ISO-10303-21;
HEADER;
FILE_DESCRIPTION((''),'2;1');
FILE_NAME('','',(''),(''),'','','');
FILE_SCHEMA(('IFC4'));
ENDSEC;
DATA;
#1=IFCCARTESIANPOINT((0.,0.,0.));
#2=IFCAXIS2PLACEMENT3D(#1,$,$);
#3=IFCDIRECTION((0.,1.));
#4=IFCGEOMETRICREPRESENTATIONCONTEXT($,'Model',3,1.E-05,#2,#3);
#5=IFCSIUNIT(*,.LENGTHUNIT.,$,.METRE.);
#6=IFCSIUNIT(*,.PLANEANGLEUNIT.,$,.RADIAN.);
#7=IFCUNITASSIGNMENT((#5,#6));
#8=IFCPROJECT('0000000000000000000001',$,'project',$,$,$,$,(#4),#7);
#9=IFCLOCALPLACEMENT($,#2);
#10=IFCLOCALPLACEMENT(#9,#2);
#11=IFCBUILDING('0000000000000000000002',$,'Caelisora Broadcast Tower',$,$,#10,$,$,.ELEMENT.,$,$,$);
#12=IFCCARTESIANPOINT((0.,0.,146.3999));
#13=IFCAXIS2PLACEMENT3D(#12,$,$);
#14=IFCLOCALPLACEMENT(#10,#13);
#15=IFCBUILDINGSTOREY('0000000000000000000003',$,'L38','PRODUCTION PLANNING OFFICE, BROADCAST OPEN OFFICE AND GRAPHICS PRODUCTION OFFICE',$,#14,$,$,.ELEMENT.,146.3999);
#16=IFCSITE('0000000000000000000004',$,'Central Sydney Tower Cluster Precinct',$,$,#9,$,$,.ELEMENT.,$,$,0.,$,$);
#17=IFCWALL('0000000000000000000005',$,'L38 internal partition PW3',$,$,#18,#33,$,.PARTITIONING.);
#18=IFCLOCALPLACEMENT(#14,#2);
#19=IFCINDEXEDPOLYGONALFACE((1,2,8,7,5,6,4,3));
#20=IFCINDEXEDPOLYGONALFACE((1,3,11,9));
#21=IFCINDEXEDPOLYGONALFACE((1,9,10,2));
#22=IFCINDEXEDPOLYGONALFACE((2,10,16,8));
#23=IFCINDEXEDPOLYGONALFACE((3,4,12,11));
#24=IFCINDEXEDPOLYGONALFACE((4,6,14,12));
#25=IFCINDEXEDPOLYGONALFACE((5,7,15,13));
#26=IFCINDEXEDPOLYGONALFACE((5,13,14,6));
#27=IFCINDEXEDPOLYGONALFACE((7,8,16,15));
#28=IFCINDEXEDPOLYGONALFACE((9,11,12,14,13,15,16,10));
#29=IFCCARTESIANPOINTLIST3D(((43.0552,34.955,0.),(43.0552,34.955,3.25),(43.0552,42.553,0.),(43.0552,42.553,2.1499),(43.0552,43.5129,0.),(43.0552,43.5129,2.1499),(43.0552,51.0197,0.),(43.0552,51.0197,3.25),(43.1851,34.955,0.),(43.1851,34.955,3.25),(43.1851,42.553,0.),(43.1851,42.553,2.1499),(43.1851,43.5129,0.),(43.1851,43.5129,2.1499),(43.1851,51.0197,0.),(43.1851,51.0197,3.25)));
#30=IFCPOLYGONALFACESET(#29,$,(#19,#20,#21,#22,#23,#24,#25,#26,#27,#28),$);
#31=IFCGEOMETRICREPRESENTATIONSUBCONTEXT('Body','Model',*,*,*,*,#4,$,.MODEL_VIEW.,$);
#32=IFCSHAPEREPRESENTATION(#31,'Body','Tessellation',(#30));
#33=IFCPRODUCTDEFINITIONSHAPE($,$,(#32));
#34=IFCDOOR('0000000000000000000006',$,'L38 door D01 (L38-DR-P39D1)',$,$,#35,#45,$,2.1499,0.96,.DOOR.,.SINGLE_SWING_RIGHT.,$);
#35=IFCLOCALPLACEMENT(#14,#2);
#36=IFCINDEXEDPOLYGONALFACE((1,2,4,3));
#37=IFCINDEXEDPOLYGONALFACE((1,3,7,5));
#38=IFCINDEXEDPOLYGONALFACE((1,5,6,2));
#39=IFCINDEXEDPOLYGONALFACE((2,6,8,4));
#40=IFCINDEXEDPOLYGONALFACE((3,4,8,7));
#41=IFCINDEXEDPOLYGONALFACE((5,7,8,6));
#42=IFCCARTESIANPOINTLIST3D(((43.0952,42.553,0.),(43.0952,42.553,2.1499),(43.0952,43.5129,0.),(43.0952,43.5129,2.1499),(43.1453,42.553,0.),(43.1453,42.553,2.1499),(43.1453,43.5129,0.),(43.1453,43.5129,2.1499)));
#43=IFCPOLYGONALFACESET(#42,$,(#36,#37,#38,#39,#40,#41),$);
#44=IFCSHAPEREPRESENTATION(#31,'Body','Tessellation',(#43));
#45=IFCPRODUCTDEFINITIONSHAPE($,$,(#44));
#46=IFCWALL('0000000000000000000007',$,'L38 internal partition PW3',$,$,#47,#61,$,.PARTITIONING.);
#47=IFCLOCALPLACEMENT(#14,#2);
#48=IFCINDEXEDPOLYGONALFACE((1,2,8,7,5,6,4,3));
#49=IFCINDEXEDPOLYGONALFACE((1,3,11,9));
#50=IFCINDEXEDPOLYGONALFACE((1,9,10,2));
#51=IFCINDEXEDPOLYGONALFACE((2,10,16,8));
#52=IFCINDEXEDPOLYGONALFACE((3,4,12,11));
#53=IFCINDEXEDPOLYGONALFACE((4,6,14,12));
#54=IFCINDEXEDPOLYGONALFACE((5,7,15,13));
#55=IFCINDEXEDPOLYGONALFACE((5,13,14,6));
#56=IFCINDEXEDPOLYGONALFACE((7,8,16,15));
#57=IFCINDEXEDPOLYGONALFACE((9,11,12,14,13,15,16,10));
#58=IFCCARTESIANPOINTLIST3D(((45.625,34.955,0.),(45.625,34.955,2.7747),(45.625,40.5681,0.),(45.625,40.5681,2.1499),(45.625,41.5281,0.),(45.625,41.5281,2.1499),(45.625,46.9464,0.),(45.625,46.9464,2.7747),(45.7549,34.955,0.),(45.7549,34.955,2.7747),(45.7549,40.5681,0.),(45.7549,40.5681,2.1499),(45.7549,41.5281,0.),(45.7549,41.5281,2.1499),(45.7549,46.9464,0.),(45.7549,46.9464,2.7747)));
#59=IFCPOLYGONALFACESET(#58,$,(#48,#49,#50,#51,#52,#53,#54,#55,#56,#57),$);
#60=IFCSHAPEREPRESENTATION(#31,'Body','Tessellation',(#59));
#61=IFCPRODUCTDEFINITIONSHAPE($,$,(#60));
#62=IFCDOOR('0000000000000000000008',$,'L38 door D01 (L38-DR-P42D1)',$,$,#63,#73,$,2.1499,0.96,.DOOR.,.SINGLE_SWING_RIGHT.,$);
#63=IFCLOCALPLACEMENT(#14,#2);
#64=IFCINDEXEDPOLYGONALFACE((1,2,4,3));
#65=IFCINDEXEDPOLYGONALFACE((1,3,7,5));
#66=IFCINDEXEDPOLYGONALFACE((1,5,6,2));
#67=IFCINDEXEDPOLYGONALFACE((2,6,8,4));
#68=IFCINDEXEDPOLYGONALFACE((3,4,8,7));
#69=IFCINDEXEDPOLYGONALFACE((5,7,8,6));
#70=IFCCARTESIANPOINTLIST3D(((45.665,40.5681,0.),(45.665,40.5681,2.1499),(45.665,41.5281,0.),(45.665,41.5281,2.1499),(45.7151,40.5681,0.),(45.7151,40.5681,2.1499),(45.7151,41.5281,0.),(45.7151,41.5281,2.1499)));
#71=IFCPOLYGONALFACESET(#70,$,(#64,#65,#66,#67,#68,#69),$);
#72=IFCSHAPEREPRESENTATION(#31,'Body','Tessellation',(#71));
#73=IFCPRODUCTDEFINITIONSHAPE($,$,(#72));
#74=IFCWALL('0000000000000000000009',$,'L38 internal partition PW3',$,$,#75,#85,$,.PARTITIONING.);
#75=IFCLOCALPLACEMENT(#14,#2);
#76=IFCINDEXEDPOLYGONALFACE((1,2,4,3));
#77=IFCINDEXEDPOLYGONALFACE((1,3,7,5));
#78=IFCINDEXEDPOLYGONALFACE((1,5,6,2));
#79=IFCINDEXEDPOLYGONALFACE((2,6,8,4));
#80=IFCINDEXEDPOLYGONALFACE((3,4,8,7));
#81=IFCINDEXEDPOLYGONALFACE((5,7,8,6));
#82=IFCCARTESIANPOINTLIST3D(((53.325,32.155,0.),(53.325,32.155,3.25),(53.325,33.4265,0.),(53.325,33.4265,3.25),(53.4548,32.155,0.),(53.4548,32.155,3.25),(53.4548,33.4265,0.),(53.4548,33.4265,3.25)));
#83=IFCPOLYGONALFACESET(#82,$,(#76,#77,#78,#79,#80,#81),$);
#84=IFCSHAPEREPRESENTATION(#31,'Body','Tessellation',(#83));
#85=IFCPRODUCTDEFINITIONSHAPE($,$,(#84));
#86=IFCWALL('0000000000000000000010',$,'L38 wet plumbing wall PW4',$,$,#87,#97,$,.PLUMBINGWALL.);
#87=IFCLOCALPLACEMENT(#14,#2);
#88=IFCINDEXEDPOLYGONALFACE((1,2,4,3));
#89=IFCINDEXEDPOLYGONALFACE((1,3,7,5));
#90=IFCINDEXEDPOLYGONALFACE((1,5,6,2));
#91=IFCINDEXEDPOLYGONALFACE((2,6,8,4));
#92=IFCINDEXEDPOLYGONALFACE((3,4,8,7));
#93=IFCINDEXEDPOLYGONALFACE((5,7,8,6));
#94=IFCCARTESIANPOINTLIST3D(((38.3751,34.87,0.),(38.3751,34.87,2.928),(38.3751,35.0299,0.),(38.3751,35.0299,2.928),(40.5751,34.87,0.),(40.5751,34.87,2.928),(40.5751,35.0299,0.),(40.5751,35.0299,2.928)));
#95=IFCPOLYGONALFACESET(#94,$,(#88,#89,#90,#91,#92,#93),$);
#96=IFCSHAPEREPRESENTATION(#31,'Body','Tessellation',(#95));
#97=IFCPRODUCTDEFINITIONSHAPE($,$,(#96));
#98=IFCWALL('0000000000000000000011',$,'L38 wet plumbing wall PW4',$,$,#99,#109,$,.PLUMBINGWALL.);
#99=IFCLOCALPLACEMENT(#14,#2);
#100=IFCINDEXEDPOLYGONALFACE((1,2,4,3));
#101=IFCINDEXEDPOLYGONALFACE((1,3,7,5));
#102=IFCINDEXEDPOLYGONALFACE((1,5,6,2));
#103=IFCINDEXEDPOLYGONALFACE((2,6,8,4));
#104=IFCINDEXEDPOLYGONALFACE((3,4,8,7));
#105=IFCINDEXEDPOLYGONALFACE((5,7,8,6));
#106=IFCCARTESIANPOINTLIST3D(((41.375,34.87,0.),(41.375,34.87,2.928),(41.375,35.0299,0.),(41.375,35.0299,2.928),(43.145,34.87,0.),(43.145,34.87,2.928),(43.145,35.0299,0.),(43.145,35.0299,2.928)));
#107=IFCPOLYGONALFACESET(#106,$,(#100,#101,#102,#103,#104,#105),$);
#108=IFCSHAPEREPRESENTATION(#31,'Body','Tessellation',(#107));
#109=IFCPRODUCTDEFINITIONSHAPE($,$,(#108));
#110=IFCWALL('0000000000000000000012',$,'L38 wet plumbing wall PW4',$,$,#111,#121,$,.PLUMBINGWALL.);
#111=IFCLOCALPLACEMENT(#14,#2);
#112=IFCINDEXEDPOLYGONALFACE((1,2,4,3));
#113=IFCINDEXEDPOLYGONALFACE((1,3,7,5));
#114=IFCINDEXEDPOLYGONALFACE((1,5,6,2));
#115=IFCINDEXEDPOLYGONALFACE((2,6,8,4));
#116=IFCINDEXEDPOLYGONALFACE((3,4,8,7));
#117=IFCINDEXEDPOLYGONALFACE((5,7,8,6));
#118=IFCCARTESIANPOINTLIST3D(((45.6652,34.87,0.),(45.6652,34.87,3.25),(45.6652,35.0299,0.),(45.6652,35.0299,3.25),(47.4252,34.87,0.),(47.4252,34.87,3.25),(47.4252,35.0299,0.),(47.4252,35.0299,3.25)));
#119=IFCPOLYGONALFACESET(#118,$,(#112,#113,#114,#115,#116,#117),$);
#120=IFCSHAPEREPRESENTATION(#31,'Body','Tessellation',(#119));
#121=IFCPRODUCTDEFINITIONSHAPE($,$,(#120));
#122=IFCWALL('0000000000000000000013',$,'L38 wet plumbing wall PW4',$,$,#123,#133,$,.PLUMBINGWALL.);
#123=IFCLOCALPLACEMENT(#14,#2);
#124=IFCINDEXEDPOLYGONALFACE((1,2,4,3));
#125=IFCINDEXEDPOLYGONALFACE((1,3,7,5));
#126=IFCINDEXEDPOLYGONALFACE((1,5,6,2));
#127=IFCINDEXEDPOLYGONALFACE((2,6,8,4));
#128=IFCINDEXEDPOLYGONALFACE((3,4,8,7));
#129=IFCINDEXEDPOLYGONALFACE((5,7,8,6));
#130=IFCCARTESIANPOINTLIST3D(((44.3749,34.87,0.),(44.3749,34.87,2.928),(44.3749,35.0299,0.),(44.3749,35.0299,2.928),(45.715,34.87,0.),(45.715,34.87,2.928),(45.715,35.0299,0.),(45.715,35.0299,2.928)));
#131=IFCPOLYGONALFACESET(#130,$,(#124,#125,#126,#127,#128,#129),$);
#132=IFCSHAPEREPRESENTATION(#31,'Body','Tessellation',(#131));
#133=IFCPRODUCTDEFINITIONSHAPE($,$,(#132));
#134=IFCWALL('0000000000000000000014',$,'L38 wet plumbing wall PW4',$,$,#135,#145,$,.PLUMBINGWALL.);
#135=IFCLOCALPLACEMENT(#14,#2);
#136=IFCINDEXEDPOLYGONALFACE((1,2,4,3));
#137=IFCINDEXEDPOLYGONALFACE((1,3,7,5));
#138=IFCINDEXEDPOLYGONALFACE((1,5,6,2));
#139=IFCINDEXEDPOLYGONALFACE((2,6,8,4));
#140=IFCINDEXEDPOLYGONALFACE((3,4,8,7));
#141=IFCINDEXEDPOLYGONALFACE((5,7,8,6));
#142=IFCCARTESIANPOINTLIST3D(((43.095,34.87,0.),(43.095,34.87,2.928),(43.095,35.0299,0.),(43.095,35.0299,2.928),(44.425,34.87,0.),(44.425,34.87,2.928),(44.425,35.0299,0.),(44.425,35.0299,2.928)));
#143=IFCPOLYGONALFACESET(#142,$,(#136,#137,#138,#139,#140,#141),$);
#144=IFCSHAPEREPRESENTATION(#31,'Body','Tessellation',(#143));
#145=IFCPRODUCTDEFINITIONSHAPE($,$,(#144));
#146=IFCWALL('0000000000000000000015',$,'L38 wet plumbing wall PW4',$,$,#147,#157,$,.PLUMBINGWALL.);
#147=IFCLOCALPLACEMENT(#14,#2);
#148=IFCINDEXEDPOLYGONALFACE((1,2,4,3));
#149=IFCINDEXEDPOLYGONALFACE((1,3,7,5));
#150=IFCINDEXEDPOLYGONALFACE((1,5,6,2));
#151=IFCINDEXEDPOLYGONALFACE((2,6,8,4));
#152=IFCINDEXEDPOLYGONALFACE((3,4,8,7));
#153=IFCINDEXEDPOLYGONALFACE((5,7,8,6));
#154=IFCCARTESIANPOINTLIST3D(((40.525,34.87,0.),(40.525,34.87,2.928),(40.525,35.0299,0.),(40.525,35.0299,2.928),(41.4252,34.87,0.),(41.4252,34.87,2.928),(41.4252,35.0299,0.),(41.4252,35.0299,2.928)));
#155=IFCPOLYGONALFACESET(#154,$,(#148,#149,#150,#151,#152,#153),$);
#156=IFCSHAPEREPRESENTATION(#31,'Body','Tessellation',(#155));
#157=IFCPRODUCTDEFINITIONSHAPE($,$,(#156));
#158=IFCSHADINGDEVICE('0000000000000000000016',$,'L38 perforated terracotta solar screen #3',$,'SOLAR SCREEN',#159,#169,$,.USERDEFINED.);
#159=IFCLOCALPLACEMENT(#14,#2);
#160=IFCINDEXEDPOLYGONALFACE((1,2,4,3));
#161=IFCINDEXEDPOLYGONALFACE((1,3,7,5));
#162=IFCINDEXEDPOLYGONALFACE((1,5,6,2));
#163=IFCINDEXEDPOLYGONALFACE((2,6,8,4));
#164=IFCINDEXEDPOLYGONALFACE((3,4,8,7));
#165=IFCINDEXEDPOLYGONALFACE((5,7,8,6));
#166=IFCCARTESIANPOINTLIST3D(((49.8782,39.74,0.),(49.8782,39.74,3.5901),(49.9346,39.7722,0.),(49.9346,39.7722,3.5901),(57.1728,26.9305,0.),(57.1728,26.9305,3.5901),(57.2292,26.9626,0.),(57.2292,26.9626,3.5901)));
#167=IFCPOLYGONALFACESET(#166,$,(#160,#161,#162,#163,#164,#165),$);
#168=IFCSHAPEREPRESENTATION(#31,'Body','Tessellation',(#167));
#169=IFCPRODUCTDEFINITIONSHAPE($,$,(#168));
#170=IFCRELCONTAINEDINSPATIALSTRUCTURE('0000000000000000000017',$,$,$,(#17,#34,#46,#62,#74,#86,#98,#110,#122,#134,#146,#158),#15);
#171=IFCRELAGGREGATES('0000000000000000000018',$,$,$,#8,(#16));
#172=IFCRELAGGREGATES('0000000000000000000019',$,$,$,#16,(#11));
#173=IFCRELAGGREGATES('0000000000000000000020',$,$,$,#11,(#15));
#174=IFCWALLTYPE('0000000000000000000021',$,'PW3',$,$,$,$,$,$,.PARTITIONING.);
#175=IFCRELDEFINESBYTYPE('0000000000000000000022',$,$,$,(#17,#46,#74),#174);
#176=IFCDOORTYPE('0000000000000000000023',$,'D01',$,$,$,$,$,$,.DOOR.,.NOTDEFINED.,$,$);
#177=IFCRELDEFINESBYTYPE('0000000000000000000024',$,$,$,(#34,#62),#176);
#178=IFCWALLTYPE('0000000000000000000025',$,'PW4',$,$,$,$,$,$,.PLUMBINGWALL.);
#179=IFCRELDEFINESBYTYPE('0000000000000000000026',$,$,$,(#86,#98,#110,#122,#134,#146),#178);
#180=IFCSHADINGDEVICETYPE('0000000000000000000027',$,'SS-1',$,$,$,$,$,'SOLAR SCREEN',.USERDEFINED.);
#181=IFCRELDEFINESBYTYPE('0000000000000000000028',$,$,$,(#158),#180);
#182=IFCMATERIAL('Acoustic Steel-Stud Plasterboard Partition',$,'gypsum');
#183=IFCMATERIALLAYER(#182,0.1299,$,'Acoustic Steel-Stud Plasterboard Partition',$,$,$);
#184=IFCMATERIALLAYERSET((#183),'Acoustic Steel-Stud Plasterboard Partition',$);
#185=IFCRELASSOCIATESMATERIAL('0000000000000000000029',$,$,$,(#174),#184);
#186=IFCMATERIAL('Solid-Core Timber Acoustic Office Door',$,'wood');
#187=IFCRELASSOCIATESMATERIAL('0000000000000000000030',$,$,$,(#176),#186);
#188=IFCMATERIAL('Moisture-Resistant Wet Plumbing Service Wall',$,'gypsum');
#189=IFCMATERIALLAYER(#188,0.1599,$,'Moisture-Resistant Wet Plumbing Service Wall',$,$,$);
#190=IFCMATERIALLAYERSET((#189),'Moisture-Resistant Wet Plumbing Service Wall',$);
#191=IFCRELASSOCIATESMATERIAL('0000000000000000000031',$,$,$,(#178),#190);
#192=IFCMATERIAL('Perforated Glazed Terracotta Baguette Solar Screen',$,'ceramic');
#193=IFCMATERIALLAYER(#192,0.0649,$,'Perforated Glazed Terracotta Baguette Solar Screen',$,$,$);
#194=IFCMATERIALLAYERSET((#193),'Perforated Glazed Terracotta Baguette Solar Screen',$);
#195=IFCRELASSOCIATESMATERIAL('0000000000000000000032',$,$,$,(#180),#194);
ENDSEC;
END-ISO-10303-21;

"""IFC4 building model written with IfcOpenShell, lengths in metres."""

from ifc_helpers import new_model, si_unit, direction, frame, frame_2d, origin, origin_2d, place, context, subcontext, project, spatial, rectangle, extrude, source, transform, mapped, material, layer, layer_set, type_object, type_shapes, element, fill, save


model = new_model("IFC4")

# Units and contexts
model_context = context("Model", 3, precision=1e-05, world=origin(), true_north=direction((0.0, 1.0)))
body_context = subcontext(model_context, "Body", "Model", "MODEL_VIEW")
ifc_project = project(units=[si_unit("LENGTHUNIT", "METRE"), si_unit("PLANEANGLEUNIT", "RADIAN")], contexts=[model_context])

# Site, building, storey
site_placement = place(None, origin())
site = spatial("IfcSite", under=ifc_project, at=site_placement, Name="Central Sydney Tower Cluster Precinct", CompositionType="ELEMENT", RefElevation=0.0)
building_placement = place(site_placement, origin())
building = spatial("IfcBuilding", under=site, at=building_placement, Name="Caelisora Broadcast Tower", CompositionType="ELEMENT")
storey_placement = place(building_placement, frame((0.0, 0.0, 146.3999)))
storey = spatial("IfcBuildingStorey", under=building, at=storey_placement, Name="L38", Description="PRODUCTION PLANNING OFFICE, BROADCAST OPEN OFFICE AND GRAPHICS PRODUCTION OFFICE", CompositionType="ELEMENT", Elevation=146.3999)

# Shared definitions
ifc_material_1 = material(Name="Acoustic Steel-Stud Plasterboard Partition", Category="gypsum")
ifc_layer_1 = layer(ifc_material_1, 0.1299, Name="Acoustic Steel-Stud Plasterboard Partition")
ifc_layer_set_1 = layer_set([ifc_layer_1], Name="Acoustic Steel-Stud Plasterboard Partition")
wall_type_1 = type_object("IfcWallType", Name="PW3", PredefinedType="PARTITIONING", material=ifc_layer_set_1)

# Walls, openings, doors
wall_1_placement = place(storey_placement, frame((43.1201, 34.9551, 0.0), z_axis=(0.0, 0.0, 1.0), x_axis=(0.0, 1.0, 0.0)))
wall_1 = element("IfcWall", 1, at=wall_1_placement, inside=storey, type_object=wall_type_1, Name="L38 internal partition PW3", PredefinedType="PARTITIONING", context=body_context, shape_type="SweptSolid", body=[
    extrude(rectangle(XDim=16.0647, YDim=0.1299, at=frame_2d((8.0322, 0.0))), origin(), (0.0, 0.0, 1.0), 3.25),
])
opening_1_placement = place(wall_1_placement, frame((7.5979, 0.0, 0.0)))
opening_1 = element("IfcOpeningElement", 2, at=opening_1_placement, cuts=wall_1, PredefinedType="OPENING", context=body_context, shape_type="SweptSolid", body=[
    extrude(rectangle(XDim=0.96, YDim=2.1499, at=frame_2d((0.48, 1.075))), frame((0.0, 0.0769, 0.0), z_axis=(0.0, -1.0, 0.0), x_axis=(1.0, 0.0, 0.0)), (0.0, 0.0, 1.0), 0.1538),
])
ifc_material_2 = material(Name="Solid-Core Timber Acoustic Office Door", Category="wood")
door_type = type_object("IfcDoorType", Name="D01", OperationType="NOTDEFINED", PredefinedType="DOOR", material=ifc_material_2)
door_1_placement = place(opening_1_placement, origin())
door_1 = element("IfcDoor", 3, at=door_1_placement, inside=storey, type_object=door_type, Name="L38 door D01 (L38-DR-P39D1)", OperationType="SINGLE_SWING_RIGHT", OverallHeight=2.1499, OverallWidth=0.96, PredefinedType="DOOR", context=body_context, shape_type="SweptSolid", body=[
    extrude(rectangle(XDim=0.96, YDim=2.1499, at=frame_2d((0.48, 1.075))), frame((0.0, 0.0249, 0.0), z_axis=(0.0, -1.0, 0.0), x_axis=(1.0, 0.0, 0.0)), (0.0, 0.0, 1.0), 0.05),
])
fill(opening_1, door_1)
wall_2_placement = place(storey_placement, frame((45.6899, 34.9551, 0.0), z_axis=(0.0, 0.0, 1.0), x_axis=(0.0, 1.0, 0.0)))
wall_2 = element("IfcWall", 4, at=wall_2_placement, inside=storey, type_object=wall_type_1, Name="L38 internal partition PW3", PredefinedType="PARTITIONING", context=body_context, shape_type="SweptSolid", body=[
    extrude(rectangle(XDim=11.9915, YDim=0.1299, at=frame_2d((5.9956, 0.0))), origin(), (0.0, 0.0, 1.0), 2.7747),
])
opening_2_placement = place(wall_2_placement, frame((5.613, 0.0, 0.0)))
opening_2 = element("IfcOpeningElement", 5, at=opening_2_placement, cuts=wall_2, PredefinedType="OPENING", context=body_context, shape_type="SweptSolid", body=[
    extrude(rectangle(XDim=0.96, YDim=2.1499, at=frame_2d((0.48, 1.075))), frame((0.0, 0.0769, 0.0), z_axis=(0.0, -1.0, 0.0), x_axis=(1.0, 0.0, 0.0)), (0.0, 0.0, 1.0), 0.1538),
])
door_2_placement = place(opening_2_placement, origin())
door_2 = element("IfcDoor", 6, at=door_2_placement, inside=storey, type_object=door_type, Name="L38 door D01 (L38-DR-P42D1)", OperationType="SINGLE_SWING_RIGHT", OverallHeight=2.1499, OverallWidth=0.96, PredefinedType="DOOR", context=body_context, shape_type="SweptSolid", body=[
    extrude(rectangle(XDim=0.96, YDim=2.1499, at=frame_2d((0.48, 1.075))), frame((0.0, 0.0249, 0.0), z_axis=(0.0, -1.0, 0.0), x_axis=(1.0, 0.0, 0.0)), (0.0, 0.0, 1.0), 0.05),
])
fill(opening_2, door_2)

# Walls
wall_3_placement = place(storey_placement, frame((53.3899, 33.4265, 0.0), z_axis=(0.0, 0.0, 1.0), x_axis=(0.0, -1.0, 0.0)))
element("IfcWall", 7, at=wall_3_placement, inside=storey, type_object=wall_type_1, Name="L38 internal partition PW3", PredefinedType="PARTITIONING", context=body_context, shape_type="SweptSolid", body=[
    extrude(rectangle(XDim=1.2715, YDim=0.1299, at=frame_2d((0.6357, 0.0))), origin(), (0.0, 0.0, 1.0), 3.25),
])
ifc_material_3 = material(Name="Moisture-Resistant Wet Plumbing Service Wall", Category="gypsum")
ifc_layer_2 = layer(ifc_material_3, 0.1599, Name="Moisture-Resistant Wet Plumbing Service Wall")
ifc_layer_set_2 = layer_set([ifc_layer_2], Name="Moisture-Resistant Wet Plumbing Service Wall")
wall_type_2 = type_object("IfcWallType", Name="PW4", PredefinedType="PLUMBINGWALL", material=ifc_layer_set_2)
wall_4_placement = place(storey_placement, frame((38.375, 34.95, 0.0), z_axis=(0.0, 0.0, 1.0), x_axis=(1.0, 0.0, 0.0)))
element("IfcWall", 8, at=wall_4_placement, inside=storey, type_object=wall_type_2, Name="L38 wet plumbing wall PW4", PredefinedType="PLUMBINGWALL", context=body_context, shape_type="SweptSolid", body=[
    extrude(rectangle(XDim=2.2, YDim=0.1599, at=frame_2d((1.1001, 0.0))), origin(), (0.0, 0.0, 1.0), 2.928),
])
wall_5_placement = place(storey_placement, frame((41.375, 34.95, 0.0), z_axis=(0.0, 0.0, 1.0), x_axis=(1.0, 0.0, 0.0)))
element("IfcWall", 9, at=wall_5_placement, inside=storey, type_object=wall_type_2, Name="L38 wet plumbing wall PW4", PredefinedType="PLUMBINGWALL", context=body_context, shape_type="SweptSolid", body=[
    extrude(rectangle(XDim=1.77, YDim=0.1599, at=frame_2d((0.885, 0.0))), origin(), (0.0, 0.0, 1.0), 2.928),
])
wall_6_placement = place(storey_placement, frame((47.425, 34.95, 0.0), z_axis=(0.0, 0.0, 1.0), x_axis=(-1.0, 0.0, 0.0)))
element("IfcWall", 10, at=wall_6_placement, inside=storey, type_object=wall_type_2, Name="L38 wet plumbing wall PW4", PredefinedType="PLUMBINGWALL", context=body_context, shape_type="SweptSolid", body=[
    extrude(rectangle(XDim=1.76, YDim=0.1599, at=frame_2d((0.8799, 0.0))), origin(), (0.0, 0.0, 1.0), 3.25),
])
wall_7_placement = place(storey_placement, frame((44.375, 34.95, 0.0), z_axis=(0.0, 0.0, 1.0), x_axis=(1.0, 0.0, 0.0)))
element("IfcWall", 11, at=wall_7_placement, inside=storey, type_object=wall_type_2, Name="L38 wet plumbing wall PW4", PredefinedType="PLUMBINGWALL", context=body_context, shape_type="SweptSolid", body=[
    extrude(rectangle(XDim=1.3401, YDim=0.1599, at=frame_2d((0.6699, 0.0))), origin(), (0.0, 0.0, 1.0), 2.928),
])
wall_8_placement = place(storey_placement, frame((43.095, 34.95, 0.0), z_axis=(0.0, 0.0, 1.0), x_axis=(1.0, 0.0, 0.0)))
element("IfcWall", 12, at=wall_8_placement, inside=storey, type_object=wall_type_2, Name="L38 wet plumbing wall PW4", PredefinedType="PLUMBINGWALL", context=body_context, shape_type="SweptSolid", body=[
    extrude(rectangle(XDim=1.3301, YDim=0.1599, at=frame_2d((0.665, 0.0))), origin(), (0.0, 0.0, 1.0), 2.928),
])
wall_9_placement = place(storey_placement, frame((40.5249, 34.95, 0.0), z_axis=(0.0, 0.0, 1.0), x_axis=(1.0, 0.0, 0.0)))
element("IfcWall", 13, at=wall_9_placement, inside=storey, type_object=wall_type_2, Name="L38 wet plumbing wall PW4", PredefinedType="PLUMBINGWALL", context=body_context, shape_type="SweptSolid", body=[
    extrude(rectangle(XDim=0.9001, YDim=0.1599, at=frame_2d((0.4502, 0.0))), origin(), (0.0, 0.0, 1.0), 2.928),
])

# Shading device
ifc_material_4 = material(Name="Perforated Glazed Terracotta Baguette Solar Screen", Category="ceramic")
ifc_layer_3 = layer(ifc_material_4, 0.0649, Name="Perforated Glazed Terracotta Baguette Solar Screen")
ifc_layer_set_3 = layer_set([ifc_layer_3], Name="Perforated Glazed Terracotta Baguette Solar Screen")
shading_device_type = type_object("IfcShadingDeviceType", Name="SS-1", ElementType="SOLAR SCREEN", PredefinedType="USERDEFINED", material=ifc_layer_set_3)
shared_shape_1 = source(origin(), body_context, "Body", "SweptSolid", [
    extrude(rectangle(XDim=14.741, YDim=0.0649, at=origin_2d()), origin(), (0.0, 0.0, 1.0), 3.5901),
])
type_shapes(shading_device_type, [shared_shape_1])
shading_device_placement = place(storey_placement, frame((53.5537, 33.3513, 0.0), z_axis=(0.0, 0.0, 1.0), x_axis=(-0.494852, 0.868977, 0.0)))
element("IfcShadingDevice", 14, at=shading_device_placement, inside=storey, type_object=shading_device_type, Name="L38 perforated terracotta solar screen #3", ObjectType="SOLAR SCREEN", PredefinedType="USERDEFINED", context=body_context, shape_type="MappedRepresentation", body=[
    mapped(shared_shape_1, transform((0.0, 0.0, 0.0), scale=1.0)),
])

save(model, "model.ifc")
